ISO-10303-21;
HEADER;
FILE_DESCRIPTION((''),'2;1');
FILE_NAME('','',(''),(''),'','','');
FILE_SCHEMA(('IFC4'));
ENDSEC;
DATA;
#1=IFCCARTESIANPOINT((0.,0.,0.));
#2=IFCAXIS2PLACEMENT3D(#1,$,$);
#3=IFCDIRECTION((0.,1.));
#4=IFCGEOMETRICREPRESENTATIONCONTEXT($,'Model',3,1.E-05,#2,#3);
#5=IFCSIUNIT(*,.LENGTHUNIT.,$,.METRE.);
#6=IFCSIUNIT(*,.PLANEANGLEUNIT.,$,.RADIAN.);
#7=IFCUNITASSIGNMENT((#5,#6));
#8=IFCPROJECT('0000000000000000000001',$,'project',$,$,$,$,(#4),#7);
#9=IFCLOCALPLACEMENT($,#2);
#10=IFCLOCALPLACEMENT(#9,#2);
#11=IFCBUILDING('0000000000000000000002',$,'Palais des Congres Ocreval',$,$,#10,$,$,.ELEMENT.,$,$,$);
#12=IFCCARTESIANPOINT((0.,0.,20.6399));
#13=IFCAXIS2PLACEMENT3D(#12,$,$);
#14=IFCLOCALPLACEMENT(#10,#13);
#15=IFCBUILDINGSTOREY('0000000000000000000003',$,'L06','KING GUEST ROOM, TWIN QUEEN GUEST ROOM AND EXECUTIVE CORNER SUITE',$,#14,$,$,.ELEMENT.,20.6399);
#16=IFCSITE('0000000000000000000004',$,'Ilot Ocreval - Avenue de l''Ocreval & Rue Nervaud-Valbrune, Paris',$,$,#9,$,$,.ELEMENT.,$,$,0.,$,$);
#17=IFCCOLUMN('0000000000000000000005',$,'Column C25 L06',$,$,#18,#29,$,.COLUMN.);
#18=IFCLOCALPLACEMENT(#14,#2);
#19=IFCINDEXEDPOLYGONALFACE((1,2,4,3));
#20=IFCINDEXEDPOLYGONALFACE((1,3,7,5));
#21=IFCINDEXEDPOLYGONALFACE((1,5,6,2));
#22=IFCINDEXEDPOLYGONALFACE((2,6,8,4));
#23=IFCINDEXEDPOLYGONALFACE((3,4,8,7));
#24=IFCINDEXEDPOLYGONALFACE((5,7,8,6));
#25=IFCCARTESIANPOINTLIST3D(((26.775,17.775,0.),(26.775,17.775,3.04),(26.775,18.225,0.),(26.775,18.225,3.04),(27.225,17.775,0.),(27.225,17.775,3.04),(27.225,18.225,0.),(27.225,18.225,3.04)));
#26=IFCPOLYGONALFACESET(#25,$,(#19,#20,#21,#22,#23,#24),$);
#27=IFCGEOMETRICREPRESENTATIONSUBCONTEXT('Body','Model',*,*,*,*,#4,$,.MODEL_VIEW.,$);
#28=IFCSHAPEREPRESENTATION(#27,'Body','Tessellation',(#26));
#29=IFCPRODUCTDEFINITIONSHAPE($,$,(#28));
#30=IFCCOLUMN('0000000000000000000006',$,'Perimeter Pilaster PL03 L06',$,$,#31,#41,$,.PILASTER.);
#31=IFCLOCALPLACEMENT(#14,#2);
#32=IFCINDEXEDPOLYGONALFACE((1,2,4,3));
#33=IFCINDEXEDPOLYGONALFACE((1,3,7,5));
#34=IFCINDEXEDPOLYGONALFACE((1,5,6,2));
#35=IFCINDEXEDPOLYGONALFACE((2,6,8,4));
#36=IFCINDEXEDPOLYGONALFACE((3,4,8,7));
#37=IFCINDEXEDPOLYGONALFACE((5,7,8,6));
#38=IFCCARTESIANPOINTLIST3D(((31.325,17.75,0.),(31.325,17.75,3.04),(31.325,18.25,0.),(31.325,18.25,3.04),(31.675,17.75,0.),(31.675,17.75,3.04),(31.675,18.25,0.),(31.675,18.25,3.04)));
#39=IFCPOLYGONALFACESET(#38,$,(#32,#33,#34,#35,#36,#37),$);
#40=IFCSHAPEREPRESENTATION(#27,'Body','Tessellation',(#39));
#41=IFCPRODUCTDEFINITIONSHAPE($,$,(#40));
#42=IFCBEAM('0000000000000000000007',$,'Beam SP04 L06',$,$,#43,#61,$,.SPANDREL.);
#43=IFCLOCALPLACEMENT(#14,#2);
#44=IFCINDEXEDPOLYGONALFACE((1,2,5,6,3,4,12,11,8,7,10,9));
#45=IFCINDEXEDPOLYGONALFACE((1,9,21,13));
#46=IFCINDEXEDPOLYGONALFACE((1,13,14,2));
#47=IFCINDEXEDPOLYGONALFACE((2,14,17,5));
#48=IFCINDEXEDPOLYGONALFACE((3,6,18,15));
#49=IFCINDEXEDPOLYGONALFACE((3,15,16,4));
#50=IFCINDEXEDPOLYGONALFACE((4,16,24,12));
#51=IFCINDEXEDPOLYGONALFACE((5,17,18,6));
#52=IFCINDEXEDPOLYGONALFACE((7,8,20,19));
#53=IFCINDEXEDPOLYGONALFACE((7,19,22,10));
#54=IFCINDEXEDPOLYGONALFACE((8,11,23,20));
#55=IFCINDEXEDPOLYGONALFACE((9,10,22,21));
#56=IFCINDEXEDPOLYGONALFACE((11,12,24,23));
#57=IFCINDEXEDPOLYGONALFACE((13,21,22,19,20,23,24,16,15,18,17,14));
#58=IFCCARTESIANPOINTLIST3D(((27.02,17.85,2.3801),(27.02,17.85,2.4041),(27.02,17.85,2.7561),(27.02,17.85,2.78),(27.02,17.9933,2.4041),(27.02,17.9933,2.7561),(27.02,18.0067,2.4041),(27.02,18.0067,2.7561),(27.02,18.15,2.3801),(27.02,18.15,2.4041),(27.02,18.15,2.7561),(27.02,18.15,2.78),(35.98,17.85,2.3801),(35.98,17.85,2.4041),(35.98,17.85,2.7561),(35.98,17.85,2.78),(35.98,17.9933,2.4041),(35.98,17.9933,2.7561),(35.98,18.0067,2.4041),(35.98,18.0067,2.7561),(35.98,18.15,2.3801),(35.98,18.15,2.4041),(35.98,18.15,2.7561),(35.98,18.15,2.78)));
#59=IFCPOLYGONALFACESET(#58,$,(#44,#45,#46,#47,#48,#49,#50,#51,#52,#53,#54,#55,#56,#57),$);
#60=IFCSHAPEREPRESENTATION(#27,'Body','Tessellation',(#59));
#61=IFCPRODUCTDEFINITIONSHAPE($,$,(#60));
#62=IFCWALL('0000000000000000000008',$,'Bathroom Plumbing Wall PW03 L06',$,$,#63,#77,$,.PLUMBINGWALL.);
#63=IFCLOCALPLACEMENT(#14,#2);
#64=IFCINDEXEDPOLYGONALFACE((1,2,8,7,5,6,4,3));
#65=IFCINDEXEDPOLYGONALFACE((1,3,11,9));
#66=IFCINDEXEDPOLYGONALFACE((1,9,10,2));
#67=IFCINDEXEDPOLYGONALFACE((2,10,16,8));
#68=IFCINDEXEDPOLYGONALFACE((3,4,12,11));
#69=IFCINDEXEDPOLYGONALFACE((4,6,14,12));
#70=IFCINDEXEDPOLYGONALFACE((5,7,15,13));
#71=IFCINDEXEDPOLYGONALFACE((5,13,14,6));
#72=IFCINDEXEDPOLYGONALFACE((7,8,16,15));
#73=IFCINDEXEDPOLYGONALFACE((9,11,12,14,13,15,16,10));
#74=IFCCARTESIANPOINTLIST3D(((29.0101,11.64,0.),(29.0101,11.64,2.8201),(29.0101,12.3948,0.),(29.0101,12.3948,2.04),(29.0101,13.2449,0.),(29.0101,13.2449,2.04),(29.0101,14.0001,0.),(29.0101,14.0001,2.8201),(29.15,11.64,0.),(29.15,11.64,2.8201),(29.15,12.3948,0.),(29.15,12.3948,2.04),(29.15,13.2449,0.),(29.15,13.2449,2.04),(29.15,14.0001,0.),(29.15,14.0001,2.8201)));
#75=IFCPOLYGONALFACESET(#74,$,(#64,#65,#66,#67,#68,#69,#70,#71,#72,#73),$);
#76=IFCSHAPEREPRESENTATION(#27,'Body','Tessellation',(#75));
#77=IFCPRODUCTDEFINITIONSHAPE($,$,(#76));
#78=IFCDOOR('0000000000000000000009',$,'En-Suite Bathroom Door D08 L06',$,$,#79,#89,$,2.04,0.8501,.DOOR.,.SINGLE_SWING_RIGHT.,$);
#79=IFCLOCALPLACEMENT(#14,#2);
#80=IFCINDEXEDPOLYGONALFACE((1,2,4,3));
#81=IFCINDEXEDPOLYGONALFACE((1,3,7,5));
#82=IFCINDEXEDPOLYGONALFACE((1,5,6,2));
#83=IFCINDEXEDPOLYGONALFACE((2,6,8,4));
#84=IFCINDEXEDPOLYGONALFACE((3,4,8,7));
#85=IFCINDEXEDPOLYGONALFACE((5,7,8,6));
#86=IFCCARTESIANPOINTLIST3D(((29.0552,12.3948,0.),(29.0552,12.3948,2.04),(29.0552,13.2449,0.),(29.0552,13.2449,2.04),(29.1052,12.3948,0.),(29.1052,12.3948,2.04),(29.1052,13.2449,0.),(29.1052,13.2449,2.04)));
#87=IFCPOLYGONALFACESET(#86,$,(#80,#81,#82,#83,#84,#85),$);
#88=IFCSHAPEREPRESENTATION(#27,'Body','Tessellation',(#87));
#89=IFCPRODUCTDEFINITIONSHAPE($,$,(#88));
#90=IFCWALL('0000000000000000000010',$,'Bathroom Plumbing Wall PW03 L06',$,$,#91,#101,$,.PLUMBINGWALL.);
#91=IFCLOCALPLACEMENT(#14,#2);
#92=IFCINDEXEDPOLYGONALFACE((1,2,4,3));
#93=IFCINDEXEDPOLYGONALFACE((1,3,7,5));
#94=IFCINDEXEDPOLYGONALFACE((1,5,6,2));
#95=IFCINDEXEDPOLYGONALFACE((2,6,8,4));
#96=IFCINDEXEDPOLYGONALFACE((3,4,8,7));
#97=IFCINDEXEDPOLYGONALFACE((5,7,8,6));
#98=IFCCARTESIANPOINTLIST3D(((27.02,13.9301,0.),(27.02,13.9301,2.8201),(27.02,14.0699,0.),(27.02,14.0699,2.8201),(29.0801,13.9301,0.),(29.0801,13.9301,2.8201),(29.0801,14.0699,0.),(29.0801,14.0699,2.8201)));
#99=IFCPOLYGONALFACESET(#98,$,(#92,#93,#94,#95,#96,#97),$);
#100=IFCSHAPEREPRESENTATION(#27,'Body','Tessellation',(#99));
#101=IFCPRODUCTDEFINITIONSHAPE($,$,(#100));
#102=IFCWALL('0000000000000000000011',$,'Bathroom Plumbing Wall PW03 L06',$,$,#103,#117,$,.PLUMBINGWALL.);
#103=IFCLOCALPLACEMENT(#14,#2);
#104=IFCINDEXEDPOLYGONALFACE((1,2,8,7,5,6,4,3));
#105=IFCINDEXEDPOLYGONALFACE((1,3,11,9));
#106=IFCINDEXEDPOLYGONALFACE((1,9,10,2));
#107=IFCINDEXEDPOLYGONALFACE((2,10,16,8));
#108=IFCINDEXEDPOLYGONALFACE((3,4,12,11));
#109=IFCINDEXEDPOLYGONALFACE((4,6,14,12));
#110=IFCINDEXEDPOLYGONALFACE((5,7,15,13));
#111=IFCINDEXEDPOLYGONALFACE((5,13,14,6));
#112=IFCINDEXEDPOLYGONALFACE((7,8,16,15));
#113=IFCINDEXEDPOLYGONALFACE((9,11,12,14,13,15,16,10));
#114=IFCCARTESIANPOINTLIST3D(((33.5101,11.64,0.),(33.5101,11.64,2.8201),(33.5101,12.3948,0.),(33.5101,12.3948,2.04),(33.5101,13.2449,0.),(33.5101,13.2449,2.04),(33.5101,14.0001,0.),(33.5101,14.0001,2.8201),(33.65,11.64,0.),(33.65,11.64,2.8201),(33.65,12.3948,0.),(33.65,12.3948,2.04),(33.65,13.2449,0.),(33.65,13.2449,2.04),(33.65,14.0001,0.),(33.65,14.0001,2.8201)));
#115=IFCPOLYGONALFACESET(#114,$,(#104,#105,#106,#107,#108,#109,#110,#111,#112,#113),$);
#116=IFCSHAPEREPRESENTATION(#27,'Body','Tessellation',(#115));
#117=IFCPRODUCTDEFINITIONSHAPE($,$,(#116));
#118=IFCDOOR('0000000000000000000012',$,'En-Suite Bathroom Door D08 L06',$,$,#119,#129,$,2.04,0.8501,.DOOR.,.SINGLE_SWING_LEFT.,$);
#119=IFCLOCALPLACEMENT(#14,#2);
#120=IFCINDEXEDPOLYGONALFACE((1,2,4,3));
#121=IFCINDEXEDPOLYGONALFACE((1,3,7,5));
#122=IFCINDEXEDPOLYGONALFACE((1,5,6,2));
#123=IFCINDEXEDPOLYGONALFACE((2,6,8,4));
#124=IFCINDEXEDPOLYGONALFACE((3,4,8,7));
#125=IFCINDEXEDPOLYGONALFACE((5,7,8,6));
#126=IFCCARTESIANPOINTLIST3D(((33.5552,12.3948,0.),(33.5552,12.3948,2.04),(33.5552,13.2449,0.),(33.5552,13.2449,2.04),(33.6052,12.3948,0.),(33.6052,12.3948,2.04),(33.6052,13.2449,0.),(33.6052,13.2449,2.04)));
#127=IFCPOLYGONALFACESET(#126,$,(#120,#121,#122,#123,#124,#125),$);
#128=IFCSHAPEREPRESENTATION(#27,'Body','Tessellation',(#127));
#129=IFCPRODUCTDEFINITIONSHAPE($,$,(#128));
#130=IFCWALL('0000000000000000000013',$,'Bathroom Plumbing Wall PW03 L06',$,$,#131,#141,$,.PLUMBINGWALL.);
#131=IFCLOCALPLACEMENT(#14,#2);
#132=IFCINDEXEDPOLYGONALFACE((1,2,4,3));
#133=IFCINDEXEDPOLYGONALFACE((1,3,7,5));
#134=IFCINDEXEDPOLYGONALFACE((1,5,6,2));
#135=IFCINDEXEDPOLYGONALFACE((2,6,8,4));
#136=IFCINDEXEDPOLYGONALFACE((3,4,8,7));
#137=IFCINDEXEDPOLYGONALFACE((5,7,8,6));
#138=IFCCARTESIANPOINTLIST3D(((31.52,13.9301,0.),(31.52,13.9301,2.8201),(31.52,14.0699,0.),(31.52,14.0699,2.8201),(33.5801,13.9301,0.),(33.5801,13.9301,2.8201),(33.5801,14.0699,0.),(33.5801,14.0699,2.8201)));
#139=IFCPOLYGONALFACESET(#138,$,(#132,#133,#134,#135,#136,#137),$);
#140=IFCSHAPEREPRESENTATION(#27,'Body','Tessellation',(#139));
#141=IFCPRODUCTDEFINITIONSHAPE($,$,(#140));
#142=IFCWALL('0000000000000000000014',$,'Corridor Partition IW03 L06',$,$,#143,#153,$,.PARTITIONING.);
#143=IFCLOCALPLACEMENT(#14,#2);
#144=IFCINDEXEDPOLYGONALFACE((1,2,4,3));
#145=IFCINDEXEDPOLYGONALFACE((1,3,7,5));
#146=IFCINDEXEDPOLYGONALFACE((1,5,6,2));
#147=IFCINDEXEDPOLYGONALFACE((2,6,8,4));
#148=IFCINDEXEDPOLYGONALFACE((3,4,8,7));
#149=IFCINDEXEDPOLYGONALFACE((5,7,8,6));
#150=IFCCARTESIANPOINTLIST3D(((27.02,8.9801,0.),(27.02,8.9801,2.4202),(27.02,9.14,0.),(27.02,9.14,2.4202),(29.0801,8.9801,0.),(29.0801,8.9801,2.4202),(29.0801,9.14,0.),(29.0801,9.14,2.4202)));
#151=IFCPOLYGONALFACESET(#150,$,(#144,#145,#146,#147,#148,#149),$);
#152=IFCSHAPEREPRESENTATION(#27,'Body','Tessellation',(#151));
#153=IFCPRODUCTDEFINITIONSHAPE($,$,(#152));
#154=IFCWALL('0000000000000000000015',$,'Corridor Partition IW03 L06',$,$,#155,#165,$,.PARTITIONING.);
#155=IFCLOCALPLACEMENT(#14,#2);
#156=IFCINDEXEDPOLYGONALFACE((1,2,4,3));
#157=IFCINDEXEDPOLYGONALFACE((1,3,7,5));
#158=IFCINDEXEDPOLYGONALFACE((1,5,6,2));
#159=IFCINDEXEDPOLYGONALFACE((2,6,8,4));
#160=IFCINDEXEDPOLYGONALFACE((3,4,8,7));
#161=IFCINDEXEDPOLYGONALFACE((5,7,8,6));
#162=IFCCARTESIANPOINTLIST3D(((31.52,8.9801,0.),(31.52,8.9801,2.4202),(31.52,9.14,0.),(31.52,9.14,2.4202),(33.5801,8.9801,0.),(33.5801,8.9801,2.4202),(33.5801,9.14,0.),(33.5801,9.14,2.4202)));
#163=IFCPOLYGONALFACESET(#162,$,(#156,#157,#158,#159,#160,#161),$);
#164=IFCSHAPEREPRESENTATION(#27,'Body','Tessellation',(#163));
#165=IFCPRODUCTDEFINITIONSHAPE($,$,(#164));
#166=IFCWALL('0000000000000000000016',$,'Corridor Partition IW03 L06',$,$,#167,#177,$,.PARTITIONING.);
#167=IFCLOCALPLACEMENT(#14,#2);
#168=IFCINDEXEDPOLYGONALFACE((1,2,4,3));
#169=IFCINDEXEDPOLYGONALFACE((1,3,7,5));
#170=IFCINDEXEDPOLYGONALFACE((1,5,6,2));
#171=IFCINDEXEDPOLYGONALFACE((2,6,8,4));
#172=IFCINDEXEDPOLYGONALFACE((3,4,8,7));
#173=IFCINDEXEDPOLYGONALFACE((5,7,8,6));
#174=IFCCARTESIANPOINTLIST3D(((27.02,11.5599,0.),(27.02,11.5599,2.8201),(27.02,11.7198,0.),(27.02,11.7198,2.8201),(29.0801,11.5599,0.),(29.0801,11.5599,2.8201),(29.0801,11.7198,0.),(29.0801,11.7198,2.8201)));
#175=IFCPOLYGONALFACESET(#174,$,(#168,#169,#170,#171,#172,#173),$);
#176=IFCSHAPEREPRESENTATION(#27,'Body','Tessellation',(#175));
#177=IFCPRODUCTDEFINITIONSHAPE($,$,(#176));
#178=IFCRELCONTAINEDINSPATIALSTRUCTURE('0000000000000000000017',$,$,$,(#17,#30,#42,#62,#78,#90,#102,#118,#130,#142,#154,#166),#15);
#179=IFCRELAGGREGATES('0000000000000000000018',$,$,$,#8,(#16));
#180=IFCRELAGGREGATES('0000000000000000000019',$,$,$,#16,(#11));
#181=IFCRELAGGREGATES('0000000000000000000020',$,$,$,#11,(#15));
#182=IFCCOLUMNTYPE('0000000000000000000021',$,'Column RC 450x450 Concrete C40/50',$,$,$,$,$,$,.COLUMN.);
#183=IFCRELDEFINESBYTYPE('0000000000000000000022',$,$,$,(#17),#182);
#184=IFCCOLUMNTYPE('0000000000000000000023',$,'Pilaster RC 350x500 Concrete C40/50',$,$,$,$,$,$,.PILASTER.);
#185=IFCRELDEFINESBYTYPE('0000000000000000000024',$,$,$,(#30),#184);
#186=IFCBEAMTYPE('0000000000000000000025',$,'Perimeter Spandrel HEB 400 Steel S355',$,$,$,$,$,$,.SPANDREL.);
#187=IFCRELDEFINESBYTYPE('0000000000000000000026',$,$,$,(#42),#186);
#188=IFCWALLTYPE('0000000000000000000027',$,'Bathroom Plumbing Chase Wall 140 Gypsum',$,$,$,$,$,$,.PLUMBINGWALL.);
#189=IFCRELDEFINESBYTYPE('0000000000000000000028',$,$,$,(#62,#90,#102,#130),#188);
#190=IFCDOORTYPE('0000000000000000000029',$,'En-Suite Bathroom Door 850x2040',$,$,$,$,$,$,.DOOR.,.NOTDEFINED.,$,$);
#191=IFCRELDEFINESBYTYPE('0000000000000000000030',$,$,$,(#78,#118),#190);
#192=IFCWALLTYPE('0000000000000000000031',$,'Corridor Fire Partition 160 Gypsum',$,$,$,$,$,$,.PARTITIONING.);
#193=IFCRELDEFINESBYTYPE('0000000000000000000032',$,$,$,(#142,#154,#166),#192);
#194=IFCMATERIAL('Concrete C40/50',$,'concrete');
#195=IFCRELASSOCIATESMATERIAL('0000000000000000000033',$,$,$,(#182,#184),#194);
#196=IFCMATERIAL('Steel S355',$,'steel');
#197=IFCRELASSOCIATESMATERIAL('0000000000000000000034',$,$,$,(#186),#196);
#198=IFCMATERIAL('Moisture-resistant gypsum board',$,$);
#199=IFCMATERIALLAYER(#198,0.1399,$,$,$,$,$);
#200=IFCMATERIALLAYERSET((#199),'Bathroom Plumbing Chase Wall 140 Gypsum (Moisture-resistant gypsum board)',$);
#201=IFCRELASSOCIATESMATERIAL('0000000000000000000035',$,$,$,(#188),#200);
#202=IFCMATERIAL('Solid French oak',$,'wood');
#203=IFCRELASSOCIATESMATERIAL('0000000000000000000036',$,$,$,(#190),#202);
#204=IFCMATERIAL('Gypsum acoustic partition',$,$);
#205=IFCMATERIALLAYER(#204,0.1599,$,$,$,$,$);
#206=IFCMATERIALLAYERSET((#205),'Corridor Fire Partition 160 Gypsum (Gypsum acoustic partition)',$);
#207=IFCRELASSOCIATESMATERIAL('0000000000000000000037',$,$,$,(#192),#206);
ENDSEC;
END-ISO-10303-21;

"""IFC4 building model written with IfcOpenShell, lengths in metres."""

from ifc_helpers import new_model, si_unit, direction, frame, frame_2d, origin, origin_2d, place, context, subcontext, project, spatial, rectangle, i_section, extrude, material, layer, layer_set, material_profile, profile_set, type_object, element, fill, save


model = new_model("IFC4")

# Units and contexts
model_context = context("Model", 3, precision=1e-05, world=origin(), true_north=direction((0.0, 1.0)))
body_context = subcontext(model_context, "Body", "Model", "MODEL_VIEW")
ifc_project = project(units=[si_unit("LENGTHUNIT", "METRE"), si_unit("PLANEANGLEUNIT", "RADIAN")], contexts=[model_context])

# Site, building, storey
site_placement = place(None, origin())
site = spatial("IfcSite", under=ifc_project, at=site_placement, Name="Ilot Ocreval - Avenue de l'Ocreval & Rue Nervaud-Valbrune, Paris", CompositionType="ELEMENT", RefElevation=0.0)
building_placement = place(site_placement, origin())
building = spatial("IfcBuilding", under=site, at=building_placement, Name="Palais des Congres Ocreval", CompositionType="ELEMENT")
storey_placement = place(building_placement, frame((0.0, 0.0, 20.6399)))
storey = spatial("IfcBuildingStorey", under=building, at=storey_placement, Name="L06", Description="KING GUEST ROOM, TWIN QUEEN GUEST ROOM AND EXECUTIVE CORNER SUITE", CompositionType="ELEMENT", Elevation=20.6399)

# Columns
ifc_material_1 = material(Name="Concrete C40/50", Category="concrete")
ifc_material_profile_1 = material_profile(ifc_material_1, rectangle(XDim=0.45, YDim=0.45, at=origin_2d()), Name="RC 450x450")
ifc_profile_set_1 = profile_set([ifc_material_profile_1], Name="Concrete C40/50")
column_type_1 = type_object("IfcColumnType", Name="Column RC 450x450 Concrete C40/50", PredefinedType="COLUMN", material=ifc_profile_set_1)
column_1_placement = place(storey_placement, frame((27.0, 18.0, 0.0), z_axis=(0.0, 0.0, 1.0), x_axis=(1.0, 0.0, 0.0)))
element("IfcColumn", 1, at=column_1_placement, inside=storey, type_object=column_type_1, Name="Column C25 L06", PredefinedType="COLUMN", context=body_context, shape_type="SweptSolid", body=[
    extrude(rectangle(XDim=0.45, YDim=0.45, at=origin_2d()), origin(), (0.0, 0.0, 1.0), 3.04),
])
ifc_material_profile_2 = material_profile(ifc_material_1, rectangle(XDim=0.3501, YDim=0.5, at=origin_2d()), Name="RC 350x500")
ifc_profile_set_2 = profile_set([ifc_material_profile_2], Name="Concrete C40/50")
column_type_2 = type_object("IfcColumnType", Name="Pilaster RC 350x500 Concrete C40/50", PredefinedType="PILASTER", material=ifc_profile_set_2)
column_2_placement = place(storey_placement, frame((31.5, 18.0, 0.0), z_axis=(0.0, 0.0, 1.0), x_axis=(1.0, 0.0, 0.0)))
element("IfcColumn", 2, at=column_2_placement, inside=storey, type_object=column_type_2, Name="Perimeter Pilaster PL03 L06", PredefinedType="PILASTER", context=body_context, shape_type="SweptSolid", body=[
    extrude(rectangle(XDim=0.3501, YDim=0.5, at=origin_2d()), origin(), (0.0, 0.0, 1.0), 3.04),
])

# Beam
ifc_material_2 = material(Name="Steel S355", Category="steel")
ifc_material_profile_3 = material_profile(ifc_material_2, i_section(OverallWidth=0.3, OverallDepth=0.3999, WebThickness=0.0134, FlangeThickness=0.0239, at=origin_2d()), Name="HEB 400")
ifc_profile_set_3 = profile_set([ifc_material_profile_3], Name="Steel S355")
beam_type = type_object("IfcBeamType", Name="Perimeter Spandrel HEB 400 Steel S355", PredefinedType="SPANDREL", material=ifc_profile_set_3)
beam_placement = place(storey_placement, frame((27.02, 18.0, 2.5801), z_axis=(1.0, 0.0, 0.0), x_axis=(0.0, 1.0, 0.0)))
element("IfcBeam", 3, at=beam_placement, inside=storey, type_object=beam_type, Name="Beam SP04 L06", PredefinedType="SPANDREL", context=body_context, shape_type="SweptSolid", body=[
    extrude(i_section(OverallWidth=0.3, OverallDepth=0.3999, WebThickness=0.0134, FlangeThickness=0.0239, at=origin_2d()), origin(), (0.0, 0.0, 1.0), 8.96),
])

# Wall, opening, door
ifc_material_3 = material(Name="Moisture-resistant gypsum board")
ifc_layer_1 = layer(ifc_material_3, 0.1399)
ifc_layer_set_1 = layer_set([ifc_layer_1], Name="Bathroom Plumbing Chase Wall 140 Gypsum (Moisture-resistant gypsum board)")
wall_type_1 = type_object("IfcWallType", Name="Bathroom Plumbing Chase Wall 140 Gypsum", PredefinedType="PLUMBINGWALL", material=ifc_layer_set_1)
wall_1_placement = place(storey_placement, frame((29.0801, 11.6399, 0.0), z_axis=(0.0, 0.0, 1.0), x_axis=(0.0, 1.0, 0.0)))
wall_1 = element("IfcWall", 4, at=wall_1_placement, inside=storey, type_object=wall_type_1, Name="Bathroom Plumbing Wall PW03 L06", PredefinedType="PLUMBINGWALL", context=body_context, shape_type="SweptSolid", body=[
    extrude(rectangle(XDim=2.3601, YDim=0.1399, at=frame_2d((1.1802, 0.0))), origin(), (0.0, 0.0, 1.0), 2.8201),
])
opening_1_placement = place(wall_1_placement, frame((0.7549, 0.0, 0.0)))
opening_1 = element("IfcOpeningElement", 5, at=opening_1_placement, cuts=wall_1, PredefinedType="OPENING", context=body_context, shape_type="SweptSolid", body=[
    extrude(rectangle(XDim=0.8501, YDim=2.04, at=frame_2d((0.425, 1.02))), frame((0.0, 0.0798, 0.0), z_axis=(0.0, -1.0, 0.0), x_axis=(1.0, 0.0, 0.0)), (0.0, 0.0, 1.0), 0.1599),
])
ifc_material_4 = material(Name="Solid French oak", Category="wood")
door_type_1 = type_object("IfcDoorType", Name="En-Suite Bathroom Door 850x2040", OperationType="NOTDEFINED", PredefinedType="DOOR", material=ifc_material_4)
door_1_placement = place(opening_1_placement, origin())
door_1 = element("IfcDoor", 6, at=door_1_placement, inside=storey, type_object=door_type_1, Name="En-Suite Bathroom Door D08 L06", OperationType="SINGLE_SWING_RIGHT", OverallHeight=2.04, OverallWidth=0.8501, PredefinedType="DOOR", context=body_context, shape_type="SweptSolid", body=[
    extrude(rectangle(XDim=0.8501, YDim=2.04, at=frame_2d((0.425, 1.02))), frame((0.0, 0.0249, 0.0), z_axis=(0.0, -1.0, 0.0), x_axis=(1.0, 0.0, 0.0)), (0.0, 0.0, 1.0), 0.05),
])
fill(opening_1, door_1)

# Wall
wall_2_placement = place(storey_placement, frame((27.02, 14.0, 0.0), z_axis=(0.0, 0.0, 1.0), x_axis=(1.0, 0.0, 0.0)))
element("IfcWall", 7, at=wall_2_placement, inside=storey, type_object=wall_type_1, Name="Bathroom Plumbing Wall PW03 L06", PredefinedType="PLUMBINGWALL", context=body_context, shape_type="SweptSolid", body=[
    extrude(rectangle(XDim=2.0601, YDim=0.1399, at=frame_2d((1.03, 0.0))), origin(), (0.0, 0.0, 1.0), 2.8201),
])

# Wall, opening, door
wall_3_placement = place(storey_placement, frame((33.5801, 11.6399, 0.0), z_axis=(0.0, 0.0, 1.0), x_axis=(0.0, 1.0, 0.0)))
wall_3 = element("IfcWall", 8, at=wall_3_placement, inside=storey, type_object=wall_type_1, Name="Bathroom Plumbing Wall PW03 L06", PredefinedType="PLUMBINGWALL", context=body_context, shape_type="SweptSolid", body=[
    extrude(rectangle(XDim=2.3601, YDim=0.1399, at=frame_2d((1.1802, 0.0))), origin(), (0.0, 0.0, 1.0), 2.8201),
])
opening_2_placement = place(wall_3_placement, frame((0.7549, 0.0, 0.0)))
opening_2 = element("IfcOpeningElement", 9, at=opening_2_placement, cuts=wall_3, PredefinedType="OPENING", context=body_context, shape_type="SweptSolid", body=[
    extrude(rectangle(XDim=0.8501, YDim=2.04, at=frame_2d((0.425, 1.02))), frame((0.0, 0.0798, 0.0), z_axis=(0.0, -1.0, 0.0), x_axis=(1.0, 0.0, 0.0)), (0.0, 0.0, 1.0), 0.1599),
])
door_2_placement = place(opening_2_placement, origin())
door_2 = element("IfcDoor", 10, at=door_2_placement, inside=storey, type_object=door_type_1, Name="En-Suite Bathroom Door D08 L06", OperationType="SINGLE_SWING_LEFT", OverallHeight=2.04, OverallWidth=0.8501, PredefinedType="DOOR", context=body_context, shape_type="SweptSolid", body=[
    extrude(rectangle(XDim=0.8501, YDim=2.04, at=frame_2d((0.425, 1.02))), frame((0.0, 0.0249, 0.0), z_axis=(0.0, -1.0, 0.0), x_axis=(1.0, 0.0, 0.0)), (0.0, 0.0, 1.0), 0.05),
])
fill(opening_2, door_2)

# Walls
wall_4_placement = place(storey_placement, frame((31.52, 14.0, 0.0), z_axis=(0.0, 0.0, 1.0), x_axis=(1.0, 0.0, 0.0)))
element("IfcWall", 11, at=wall_4_placement, inside=storey, type_object=wall_type_1, Name="Bathroom Plumbing Wall PW03 L06", PredefinedType="PLUMBINGWALL", context=body_context, shape_type="SweptSolid", body=[
    extrude(rectangle(XDim=2.0601, YDim=0.1399, at=frame_2d((1.03, 0.0))), origin(), (0.0, 0.0, 1.0), 2.8201),
])
ifc_material_5 = material(Name="Gypsum acoustic partition")
ifc_layer_2 = layer(ifc_material_5, 0.1599)
ifc_layer_set_2 = layer_set([ifc_layer_2], Name="Corridor Fire Partition 160 Gypsum (Gypsum acoustic partition)")
wall_type_2 = type_object("IfcWallType", Name="Corridor Fire Partition 160 Gypsum", PredefinedType="PARTITIONING", material=ifc_layer_set_2)
for number, where, z_axis, x_axis, name in (
    (12, (27.02, 9.0601, 0.0), (0.0, 0.0, 1.0), (1.0, 0.0, 0.0), "Corridor Partition IW03 L06"),
    (13, (31.52, 9.0601, 0.0), (0.0, 0.0, 1.0), (1.0, 0.0, 0.0), "Corridor Partition IW03 L06"),
):
    element("IfcWall", number, at=place(storey_placement, frame(where, z_axis=z_axis, x_axis=x_axis)), inside=storey, type_object=wall_type_2, Name=name, PredefinedType="PARTITIONING", context=body_context, shape_type="SweptSolid", body=[
        extrude(rectangle(XDim=2.0601, YDim=0.1599, at=frame_2d((1.03, 0.0))), origin(), (0.0, 0.0, 1.0), 2.4202),
    ])
for number, where, z_axis, x_axis, name in (
    (14, (27.02, 11.6399, 0.0), (0.0, 0.0, 1.0), (1.0, 0.0, 0.0), "Corridor Partition IW03 L06"),
):
    element("IfcWall", number, at=place(storey_placement, frame(where, z_axis=z_axis, x_axis=x_axis)), inside=storey, type_object=wall_type_2, Name=name, PredefinedType="PARTITIONING", context=body_context, shape_type="SweptSolid", body=[
        extrude(rectangle(XDim=2.0601, YDim=0.1599, at=frame_2d((1.03, 0.0))), origin(), (0.0, 0.0, 1.0), 2.8201),
    ])

save(model, "model.ifc")
